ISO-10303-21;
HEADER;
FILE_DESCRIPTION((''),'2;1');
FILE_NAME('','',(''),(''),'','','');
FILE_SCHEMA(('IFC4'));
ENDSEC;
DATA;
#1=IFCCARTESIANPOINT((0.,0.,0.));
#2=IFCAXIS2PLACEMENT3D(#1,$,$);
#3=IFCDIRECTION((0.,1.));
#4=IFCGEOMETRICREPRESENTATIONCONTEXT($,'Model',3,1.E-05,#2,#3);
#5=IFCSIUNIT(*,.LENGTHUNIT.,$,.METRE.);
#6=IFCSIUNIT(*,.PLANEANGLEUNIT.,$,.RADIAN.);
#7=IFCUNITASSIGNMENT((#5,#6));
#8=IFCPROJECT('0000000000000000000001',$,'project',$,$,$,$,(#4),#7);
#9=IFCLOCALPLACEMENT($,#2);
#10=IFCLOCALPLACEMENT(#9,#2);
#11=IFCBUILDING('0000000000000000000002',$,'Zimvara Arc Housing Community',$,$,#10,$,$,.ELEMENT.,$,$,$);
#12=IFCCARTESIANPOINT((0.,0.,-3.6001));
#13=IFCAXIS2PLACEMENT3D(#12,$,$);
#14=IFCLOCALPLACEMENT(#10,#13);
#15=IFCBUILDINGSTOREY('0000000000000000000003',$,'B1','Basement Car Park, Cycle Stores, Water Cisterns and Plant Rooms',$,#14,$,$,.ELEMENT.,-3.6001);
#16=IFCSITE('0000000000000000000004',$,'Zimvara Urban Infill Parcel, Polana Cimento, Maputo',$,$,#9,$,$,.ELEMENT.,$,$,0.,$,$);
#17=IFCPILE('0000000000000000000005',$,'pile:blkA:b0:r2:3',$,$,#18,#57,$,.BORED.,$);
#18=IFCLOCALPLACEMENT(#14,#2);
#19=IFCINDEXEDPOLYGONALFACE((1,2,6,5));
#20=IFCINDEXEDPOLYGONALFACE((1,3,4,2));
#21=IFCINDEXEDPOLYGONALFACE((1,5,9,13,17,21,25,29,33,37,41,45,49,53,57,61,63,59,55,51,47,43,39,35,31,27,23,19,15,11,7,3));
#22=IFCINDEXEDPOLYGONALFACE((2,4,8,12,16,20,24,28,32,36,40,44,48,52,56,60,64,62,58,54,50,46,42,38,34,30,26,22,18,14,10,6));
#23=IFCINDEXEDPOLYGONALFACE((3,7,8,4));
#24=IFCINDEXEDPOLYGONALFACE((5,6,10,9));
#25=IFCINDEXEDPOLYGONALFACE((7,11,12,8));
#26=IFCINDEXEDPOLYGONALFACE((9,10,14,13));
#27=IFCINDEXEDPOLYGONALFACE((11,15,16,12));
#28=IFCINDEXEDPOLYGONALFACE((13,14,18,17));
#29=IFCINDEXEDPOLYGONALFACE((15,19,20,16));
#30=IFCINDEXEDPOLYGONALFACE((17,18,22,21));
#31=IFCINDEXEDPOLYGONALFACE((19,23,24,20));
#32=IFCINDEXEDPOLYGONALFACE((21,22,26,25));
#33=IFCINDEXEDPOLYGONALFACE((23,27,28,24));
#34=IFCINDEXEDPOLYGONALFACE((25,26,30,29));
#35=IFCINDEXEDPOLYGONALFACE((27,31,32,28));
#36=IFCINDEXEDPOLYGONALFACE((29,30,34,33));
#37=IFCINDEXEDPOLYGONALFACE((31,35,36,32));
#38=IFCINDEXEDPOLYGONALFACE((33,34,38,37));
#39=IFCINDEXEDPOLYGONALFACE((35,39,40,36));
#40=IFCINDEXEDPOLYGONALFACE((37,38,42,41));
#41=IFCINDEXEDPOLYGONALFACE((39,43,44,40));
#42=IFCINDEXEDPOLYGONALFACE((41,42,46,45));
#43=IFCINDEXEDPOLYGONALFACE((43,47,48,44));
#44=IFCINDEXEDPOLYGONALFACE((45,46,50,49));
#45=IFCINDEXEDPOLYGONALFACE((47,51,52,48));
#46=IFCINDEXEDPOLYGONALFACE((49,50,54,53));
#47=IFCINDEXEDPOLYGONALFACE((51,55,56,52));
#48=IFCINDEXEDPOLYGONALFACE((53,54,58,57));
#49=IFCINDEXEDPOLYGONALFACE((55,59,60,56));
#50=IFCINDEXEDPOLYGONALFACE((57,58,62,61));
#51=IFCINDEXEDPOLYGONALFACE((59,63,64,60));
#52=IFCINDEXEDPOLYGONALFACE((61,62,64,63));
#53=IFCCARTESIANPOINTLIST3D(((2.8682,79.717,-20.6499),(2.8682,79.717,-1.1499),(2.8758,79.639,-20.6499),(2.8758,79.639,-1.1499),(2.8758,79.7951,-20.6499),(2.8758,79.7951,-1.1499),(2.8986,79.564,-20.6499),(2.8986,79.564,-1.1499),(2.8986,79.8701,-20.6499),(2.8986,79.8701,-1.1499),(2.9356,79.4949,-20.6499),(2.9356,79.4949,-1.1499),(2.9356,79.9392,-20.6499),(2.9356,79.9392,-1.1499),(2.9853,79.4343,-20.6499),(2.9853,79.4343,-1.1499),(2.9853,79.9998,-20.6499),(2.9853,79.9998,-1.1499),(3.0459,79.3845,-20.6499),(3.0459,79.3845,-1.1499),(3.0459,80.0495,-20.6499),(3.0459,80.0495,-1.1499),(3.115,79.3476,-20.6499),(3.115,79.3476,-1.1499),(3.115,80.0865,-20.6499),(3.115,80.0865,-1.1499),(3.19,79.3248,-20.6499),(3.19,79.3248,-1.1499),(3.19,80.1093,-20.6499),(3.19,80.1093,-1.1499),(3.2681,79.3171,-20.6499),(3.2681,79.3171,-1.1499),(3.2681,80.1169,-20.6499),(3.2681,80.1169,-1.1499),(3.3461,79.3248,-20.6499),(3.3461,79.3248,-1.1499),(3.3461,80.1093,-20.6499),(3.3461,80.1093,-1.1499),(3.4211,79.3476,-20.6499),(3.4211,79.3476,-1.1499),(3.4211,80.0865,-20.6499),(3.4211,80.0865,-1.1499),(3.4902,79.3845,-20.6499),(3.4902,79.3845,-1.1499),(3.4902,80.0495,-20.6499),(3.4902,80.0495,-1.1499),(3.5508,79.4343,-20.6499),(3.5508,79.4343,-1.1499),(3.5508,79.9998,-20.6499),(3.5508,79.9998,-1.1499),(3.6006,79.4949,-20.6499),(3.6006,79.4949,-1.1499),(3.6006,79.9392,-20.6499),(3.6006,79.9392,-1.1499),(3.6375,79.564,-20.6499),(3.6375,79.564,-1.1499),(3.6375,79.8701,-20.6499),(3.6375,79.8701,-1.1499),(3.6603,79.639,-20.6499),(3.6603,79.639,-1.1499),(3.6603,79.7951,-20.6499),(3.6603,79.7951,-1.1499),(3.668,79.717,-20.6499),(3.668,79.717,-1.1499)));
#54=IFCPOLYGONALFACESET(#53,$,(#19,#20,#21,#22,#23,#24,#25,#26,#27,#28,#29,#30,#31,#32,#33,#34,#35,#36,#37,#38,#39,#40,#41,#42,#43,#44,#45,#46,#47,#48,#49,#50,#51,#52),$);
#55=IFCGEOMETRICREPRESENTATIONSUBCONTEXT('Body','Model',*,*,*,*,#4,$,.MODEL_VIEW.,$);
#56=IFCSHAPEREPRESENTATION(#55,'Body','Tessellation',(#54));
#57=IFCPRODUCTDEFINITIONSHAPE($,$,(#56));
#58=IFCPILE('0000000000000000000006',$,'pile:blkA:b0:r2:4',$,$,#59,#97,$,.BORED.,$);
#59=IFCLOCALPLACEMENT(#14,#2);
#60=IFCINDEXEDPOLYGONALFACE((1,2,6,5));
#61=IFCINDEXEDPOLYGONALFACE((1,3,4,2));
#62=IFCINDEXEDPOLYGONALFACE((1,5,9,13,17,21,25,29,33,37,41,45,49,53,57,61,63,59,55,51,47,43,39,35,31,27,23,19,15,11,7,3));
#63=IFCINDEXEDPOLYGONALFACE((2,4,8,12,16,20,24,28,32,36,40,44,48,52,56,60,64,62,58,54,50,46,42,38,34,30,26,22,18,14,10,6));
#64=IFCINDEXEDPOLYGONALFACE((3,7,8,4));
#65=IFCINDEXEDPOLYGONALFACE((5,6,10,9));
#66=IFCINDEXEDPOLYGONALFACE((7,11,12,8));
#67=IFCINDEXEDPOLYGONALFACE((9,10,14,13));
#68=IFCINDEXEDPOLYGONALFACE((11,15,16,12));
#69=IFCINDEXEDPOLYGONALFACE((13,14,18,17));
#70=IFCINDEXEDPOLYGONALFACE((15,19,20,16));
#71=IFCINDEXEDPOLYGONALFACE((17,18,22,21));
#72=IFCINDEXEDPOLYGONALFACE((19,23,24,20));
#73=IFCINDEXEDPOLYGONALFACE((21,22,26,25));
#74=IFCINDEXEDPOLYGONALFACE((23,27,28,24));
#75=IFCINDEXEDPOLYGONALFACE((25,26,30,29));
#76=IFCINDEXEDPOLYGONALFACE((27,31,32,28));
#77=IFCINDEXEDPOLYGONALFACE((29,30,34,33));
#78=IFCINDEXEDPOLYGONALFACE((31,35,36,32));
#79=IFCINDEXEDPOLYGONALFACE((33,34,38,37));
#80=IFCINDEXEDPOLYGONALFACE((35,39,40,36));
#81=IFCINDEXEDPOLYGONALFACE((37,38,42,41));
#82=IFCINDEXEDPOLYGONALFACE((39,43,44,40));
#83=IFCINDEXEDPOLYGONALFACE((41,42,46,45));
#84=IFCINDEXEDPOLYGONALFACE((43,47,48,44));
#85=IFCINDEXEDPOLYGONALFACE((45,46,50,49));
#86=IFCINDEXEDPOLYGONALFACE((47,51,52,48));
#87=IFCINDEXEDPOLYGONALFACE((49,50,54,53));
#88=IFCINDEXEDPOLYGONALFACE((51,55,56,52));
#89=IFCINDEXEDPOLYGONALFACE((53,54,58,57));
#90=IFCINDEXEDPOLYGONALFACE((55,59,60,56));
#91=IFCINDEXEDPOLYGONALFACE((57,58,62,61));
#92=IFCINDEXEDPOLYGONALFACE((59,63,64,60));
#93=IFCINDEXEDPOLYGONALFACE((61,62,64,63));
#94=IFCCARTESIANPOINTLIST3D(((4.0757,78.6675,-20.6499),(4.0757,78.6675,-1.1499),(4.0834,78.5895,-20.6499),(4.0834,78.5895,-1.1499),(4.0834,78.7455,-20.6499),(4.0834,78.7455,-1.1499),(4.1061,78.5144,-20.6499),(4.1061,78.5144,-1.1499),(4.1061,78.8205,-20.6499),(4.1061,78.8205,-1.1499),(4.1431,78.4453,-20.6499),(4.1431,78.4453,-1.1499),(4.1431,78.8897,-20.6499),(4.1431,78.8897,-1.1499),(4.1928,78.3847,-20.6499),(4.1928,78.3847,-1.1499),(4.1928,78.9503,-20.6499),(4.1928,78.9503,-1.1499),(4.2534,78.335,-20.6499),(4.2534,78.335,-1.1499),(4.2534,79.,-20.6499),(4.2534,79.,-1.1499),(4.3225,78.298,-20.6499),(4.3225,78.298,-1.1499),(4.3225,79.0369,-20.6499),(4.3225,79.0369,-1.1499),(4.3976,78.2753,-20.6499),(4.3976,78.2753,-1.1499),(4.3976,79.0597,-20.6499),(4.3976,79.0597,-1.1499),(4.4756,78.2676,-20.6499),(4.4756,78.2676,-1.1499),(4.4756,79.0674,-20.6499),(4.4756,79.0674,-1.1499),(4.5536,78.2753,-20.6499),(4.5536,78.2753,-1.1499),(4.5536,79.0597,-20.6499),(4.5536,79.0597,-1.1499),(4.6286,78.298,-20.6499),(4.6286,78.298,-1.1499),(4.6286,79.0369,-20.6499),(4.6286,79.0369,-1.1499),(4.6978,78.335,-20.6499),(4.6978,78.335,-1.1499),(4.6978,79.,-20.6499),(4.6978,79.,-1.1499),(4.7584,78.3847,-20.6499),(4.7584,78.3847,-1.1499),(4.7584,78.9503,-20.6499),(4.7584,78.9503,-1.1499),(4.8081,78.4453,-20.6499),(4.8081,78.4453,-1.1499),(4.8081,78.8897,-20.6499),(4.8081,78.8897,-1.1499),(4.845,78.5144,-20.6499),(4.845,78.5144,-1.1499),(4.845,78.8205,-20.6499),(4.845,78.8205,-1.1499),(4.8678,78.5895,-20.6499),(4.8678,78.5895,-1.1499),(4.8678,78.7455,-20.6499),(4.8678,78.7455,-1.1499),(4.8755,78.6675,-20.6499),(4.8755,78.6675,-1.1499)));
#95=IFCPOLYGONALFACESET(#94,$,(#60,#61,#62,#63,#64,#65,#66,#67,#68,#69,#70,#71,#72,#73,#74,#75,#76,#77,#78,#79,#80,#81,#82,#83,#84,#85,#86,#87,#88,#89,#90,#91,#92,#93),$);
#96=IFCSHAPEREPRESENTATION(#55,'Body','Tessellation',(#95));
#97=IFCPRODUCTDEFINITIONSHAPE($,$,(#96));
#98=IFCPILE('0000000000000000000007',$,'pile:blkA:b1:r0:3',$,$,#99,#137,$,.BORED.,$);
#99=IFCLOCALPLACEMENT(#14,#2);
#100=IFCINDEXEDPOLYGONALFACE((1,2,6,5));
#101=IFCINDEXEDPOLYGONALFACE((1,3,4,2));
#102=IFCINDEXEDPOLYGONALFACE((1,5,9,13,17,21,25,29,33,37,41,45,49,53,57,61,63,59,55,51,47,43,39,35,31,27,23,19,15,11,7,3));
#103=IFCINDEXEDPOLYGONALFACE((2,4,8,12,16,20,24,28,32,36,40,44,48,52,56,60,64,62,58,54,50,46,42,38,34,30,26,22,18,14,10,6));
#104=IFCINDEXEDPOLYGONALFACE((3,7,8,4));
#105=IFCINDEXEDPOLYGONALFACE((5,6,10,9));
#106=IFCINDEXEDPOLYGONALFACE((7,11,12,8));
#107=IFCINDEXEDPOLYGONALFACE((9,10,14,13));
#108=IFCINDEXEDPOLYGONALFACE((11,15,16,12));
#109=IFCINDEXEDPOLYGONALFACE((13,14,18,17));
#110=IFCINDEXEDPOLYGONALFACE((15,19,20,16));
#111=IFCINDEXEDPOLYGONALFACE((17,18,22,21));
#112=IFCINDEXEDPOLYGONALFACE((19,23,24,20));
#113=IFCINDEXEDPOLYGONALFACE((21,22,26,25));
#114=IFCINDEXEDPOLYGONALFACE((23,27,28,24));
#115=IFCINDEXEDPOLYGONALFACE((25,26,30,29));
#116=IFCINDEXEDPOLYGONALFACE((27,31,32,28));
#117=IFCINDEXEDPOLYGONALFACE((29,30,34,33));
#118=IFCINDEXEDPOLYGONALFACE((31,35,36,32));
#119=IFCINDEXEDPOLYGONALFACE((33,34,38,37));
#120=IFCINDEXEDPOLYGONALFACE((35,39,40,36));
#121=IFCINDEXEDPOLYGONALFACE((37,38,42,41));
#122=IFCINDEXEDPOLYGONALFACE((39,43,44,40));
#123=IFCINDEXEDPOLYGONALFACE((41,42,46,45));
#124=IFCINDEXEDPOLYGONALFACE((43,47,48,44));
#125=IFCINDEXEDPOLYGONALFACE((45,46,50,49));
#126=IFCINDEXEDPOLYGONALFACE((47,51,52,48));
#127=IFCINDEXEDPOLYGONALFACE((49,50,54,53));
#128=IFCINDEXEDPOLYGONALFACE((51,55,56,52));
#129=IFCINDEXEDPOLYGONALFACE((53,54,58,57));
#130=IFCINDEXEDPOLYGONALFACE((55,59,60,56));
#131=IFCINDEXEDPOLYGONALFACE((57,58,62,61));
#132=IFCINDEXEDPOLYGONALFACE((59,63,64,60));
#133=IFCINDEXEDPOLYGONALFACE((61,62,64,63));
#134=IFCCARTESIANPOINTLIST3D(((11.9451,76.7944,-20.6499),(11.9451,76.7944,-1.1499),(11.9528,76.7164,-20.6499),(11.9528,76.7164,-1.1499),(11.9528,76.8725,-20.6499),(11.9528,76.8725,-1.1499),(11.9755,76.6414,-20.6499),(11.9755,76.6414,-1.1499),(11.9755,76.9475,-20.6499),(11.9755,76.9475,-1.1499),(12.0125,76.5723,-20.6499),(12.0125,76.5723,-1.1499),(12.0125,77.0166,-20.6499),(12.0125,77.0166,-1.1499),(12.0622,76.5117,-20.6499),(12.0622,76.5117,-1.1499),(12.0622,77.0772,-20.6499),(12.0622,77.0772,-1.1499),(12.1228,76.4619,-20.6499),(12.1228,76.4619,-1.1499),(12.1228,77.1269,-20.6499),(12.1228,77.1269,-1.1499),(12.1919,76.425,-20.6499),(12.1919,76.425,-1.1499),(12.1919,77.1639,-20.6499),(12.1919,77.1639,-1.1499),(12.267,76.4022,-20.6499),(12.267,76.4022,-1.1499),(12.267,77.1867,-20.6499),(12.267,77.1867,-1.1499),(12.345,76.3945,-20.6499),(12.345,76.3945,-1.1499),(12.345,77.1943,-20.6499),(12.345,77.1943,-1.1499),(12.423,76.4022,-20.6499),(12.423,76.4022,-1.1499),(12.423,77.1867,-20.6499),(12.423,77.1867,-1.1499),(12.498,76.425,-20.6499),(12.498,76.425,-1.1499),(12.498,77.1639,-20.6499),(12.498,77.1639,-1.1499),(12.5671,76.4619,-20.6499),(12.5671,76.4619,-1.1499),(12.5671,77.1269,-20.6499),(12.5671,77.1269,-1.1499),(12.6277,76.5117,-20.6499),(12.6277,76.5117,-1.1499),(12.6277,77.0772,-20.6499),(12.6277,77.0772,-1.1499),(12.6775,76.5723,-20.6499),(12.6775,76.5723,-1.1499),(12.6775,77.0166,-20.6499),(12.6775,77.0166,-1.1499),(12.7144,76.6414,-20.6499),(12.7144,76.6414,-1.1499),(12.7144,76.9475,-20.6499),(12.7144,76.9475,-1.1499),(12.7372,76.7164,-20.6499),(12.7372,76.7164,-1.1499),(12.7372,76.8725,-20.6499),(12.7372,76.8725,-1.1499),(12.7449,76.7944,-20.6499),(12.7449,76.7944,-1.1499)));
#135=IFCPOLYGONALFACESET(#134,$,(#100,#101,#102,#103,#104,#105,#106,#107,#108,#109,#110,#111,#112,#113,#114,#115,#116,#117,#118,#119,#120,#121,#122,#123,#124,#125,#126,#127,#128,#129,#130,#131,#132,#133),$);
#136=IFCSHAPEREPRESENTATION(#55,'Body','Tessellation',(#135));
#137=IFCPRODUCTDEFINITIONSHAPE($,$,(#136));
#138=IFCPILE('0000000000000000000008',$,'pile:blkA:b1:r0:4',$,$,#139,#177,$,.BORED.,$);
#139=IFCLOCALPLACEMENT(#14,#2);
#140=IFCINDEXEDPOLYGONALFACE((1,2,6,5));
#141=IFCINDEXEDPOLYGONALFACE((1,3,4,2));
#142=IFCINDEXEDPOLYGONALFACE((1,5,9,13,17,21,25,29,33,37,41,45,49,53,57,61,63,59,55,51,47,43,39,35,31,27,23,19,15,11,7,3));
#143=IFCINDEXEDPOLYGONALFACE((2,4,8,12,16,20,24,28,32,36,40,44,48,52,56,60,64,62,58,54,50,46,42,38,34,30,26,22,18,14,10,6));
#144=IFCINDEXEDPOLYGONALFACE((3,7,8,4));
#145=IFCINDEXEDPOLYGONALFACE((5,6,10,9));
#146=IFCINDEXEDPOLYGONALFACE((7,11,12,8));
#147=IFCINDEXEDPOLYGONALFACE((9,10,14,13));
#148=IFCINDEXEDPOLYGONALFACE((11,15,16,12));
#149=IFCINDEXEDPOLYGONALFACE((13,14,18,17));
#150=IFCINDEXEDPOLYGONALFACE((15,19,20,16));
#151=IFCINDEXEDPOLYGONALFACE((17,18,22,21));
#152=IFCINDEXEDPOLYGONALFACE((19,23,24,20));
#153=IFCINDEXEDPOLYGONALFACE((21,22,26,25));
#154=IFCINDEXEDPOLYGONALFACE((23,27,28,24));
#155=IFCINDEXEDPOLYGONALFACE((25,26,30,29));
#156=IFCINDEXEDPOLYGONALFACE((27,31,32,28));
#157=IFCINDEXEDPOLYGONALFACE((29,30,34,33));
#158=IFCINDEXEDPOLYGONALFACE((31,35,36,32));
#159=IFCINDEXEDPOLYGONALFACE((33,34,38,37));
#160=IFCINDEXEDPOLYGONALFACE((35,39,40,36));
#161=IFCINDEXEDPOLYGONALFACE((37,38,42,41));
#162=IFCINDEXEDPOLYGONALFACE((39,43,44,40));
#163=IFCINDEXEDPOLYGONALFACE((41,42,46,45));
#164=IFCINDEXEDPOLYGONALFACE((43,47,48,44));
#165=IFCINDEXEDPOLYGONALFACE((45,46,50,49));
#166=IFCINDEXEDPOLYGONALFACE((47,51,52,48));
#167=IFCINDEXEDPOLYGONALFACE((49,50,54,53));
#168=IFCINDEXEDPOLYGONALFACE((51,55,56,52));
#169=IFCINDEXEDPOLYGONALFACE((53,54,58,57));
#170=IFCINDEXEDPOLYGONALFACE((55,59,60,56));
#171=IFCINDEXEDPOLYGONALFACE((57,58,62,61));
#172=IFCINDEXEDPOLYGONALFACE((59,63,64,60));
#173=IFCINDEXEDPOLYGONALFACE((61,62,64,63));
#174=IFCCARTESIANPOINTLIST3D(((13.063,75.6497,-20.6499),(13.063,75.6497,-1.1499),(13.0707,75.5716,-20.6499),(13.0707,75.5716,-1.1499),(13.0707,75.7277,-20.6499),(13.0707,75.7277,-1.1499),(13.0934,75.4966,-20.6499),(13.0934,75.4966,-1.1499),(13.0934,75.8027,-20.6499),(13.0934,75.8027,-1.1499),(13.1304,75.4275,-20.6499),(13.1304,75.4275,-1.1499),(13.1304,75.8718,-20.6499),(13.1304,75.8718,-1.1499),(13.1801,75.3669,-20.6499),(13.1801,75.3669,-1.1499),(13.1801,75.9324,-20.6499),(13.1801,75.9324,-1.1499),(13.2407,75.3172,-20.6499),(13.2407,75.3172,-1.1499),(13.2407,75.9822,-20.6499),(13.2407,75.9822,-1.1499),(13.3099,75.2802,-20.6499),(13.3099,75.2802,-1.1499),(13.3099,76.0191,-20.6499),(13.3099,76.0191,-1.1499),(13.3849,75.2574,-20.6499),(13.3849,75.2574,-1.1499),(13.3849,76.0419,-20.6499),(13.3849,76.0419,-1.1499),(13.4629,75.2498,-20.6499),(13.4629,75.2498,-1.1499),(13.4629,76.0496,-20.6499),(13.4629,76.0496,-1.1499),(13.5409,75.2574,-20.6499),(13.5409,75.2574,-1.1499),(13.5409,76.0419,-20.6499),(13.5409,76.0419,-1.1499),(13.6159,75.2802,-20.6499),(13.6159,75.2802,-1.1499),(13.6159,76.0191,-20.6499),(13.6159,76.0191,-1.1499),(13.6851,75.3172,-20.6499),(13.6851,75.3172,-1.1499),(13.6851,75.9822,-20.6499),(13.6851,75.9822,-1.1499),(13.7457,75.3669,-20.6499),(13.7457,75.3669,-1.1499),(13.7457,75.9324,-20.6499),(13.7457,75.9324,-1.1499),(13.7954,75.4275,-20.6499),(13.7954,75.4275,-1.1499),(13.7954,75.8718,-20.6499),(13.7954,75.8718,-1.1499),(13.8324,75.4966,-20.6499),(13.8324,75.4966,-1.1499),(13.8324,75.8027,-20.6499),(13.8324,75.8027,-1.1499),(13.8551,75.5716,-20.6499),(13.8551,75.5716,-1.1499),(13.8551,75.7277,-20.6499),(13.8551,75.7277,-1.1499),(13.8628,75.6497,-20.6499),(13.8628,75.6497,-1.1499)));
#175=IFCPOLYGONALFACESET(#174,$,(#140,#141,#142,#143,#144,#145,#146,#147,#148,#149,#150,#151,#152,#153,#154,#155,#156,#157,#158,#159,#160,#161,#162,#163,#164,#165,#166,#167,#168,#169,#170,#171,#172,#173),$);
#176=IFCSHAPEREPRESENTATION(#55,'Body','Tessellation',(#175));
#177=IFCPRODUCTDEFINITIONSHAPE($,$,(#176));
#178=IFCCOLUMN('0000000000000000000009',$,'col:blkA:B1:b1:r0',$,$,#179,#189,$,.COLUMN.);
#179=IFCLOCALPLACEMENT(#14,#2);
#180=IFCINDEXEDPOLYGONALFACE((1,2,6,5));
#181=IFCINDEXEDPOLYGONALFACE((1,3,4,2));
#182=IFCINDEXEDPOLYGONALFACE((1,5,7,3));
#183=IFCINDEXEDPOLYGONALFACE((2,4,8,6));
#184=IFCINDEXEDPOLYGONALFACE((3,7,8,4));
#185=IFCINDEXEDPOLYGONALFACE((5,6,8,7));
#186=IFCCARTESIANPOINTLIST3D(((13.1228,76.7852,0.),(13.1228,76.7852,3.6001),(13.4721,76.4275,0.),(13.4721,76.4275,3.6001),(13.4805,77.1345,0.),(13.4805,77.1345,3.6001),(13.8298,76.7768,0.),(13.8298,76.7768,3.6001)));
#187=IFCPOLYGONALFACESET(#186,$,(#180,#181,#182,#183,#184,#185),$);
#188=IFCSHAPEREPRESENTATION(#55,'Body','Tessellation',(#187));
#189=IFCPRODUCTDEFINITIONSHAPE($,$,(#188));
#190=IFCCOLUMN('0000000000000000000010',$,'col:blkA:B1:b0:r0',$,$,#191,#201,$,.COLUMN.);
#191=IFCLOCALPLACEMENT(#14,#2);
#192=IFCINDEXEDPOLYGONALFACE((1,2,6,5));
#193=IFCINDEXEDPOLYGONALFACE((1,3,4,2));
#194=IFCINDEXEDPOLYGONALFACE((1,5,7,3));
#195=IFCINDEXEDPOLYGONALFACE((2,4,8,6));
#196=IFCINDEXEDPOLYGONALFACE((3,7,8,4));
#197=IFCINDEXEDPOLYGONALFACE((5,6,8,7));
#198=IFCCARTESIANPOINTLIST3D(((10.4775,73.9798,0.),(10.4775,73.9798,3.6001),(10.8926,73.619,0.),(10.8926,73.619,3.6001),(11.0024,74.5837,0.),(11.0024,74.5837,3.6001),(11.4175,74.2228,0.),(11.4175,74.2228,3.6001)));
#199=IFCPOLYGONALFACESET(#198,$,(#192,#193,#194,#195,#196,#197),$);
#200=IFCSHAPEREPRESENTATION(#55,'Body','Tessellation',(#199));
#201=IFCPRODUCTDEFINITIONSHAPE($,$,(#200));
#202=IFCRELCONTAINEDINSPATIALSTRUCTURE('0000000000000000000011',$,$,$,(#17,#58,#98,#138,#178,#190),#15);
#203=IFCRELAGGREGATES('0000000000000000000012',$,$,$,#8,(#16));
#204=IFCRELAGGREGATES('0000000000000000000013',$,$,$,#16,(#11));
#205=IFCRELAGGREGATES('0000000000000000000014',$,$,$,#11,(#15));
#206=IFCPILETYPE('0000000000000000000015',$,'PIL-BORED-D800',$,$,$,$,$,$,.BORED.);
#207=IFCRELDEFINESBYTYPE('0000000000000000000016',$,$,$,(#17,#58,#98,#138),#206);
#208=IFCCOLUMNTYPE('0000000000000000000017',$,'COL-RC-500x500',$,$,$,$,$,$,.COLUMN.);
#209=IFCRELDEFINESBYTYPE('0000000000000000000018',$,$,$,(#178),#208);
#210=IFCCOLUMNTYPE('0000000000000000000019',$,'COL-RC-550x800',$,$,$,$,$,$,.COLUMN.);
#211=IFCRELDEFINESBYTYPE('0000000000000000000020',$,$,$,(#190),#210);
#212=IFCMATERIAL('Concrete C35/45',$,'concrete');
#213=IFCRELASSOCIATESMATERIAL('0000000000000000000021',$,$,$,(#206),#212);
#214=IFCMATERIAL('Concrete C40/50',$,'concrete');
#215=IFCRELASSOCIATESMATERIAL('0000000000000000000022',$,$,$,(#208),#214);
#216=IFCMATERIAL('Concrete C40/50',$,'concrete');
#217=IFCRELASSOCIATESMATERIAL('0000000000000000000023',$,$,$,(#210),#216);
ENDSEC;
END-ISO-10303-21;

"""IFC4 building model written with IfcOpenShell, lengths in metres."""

from ifc_helpers import new_model, si_unit, direction, frame, origin, origin_2d, place, context, subcontext, project, spatial, rectangle, circle, extrude, material, material_profile, profile_set, type_object, element, save


model = new_model("IFC4")

# Units and contexts
model_context = context("Model", 3, precision=1e-05, world=origin(), true_north=direction((0.0, 1.0)))
body_context = subcontext(model_context, "Body", "Model", "MODEL_VIEW")
ifc_project = project(units=[si_unit("LENGTHUNIT", "METRE"), si_unit("PLANEANGLEUNIT", "RADIAN")], contexts=[model_context])

# Site, building, storey
site_placement = place(None, origin())
site = spatial("IfcSite", under=ifc_project, at=site_placement, Name="Zimvara Urban Infill Parcel, Polana Cimento, Maputo", CompositionType="ELEMENT", RefElevation=0.0)
building_placement = place(site_placement, origin())
building = spatial("IfcBuilding", under=site, at=building_placement, Name="Zimvara Arc Housing Community", CompositionType="ELEMENT")
storey_placement = place(building_placement, frame((0.0, 0.0, -3.6001)))
storey = spatial("IfcBuildingStorey", under=building, at=storey_placement, Name="B1", Description="Basement Car Park, Cycle Stores, Water Cisterns and Plant Rooms", CompositionType="ELEMENT", Elevation=-3.6001)

# Piles
ifc_material_1 = material(Name="Concrete C35/45", Category="concrete")
ifc_material_profile_1 = material_profile(ifc_material_1, circle(Radius=0.3999, at=origin_2d()), Name="PILE D800")
ifc_profile_set_1 = profile_set([ifc_material_profile_1], Name="Concrete C35/45")
pile_type = type_object("IfcPileType", Name="PIL-BORED-D800", PredefinedType="BORED", material=ifc_profile_set_1)
for number, where, z_axis, x_axis, name in (
    (1, (3.2681, 79.717, -1.1499), (0.0, 0.0, -1.0), (1.0, 0.0, 0.0), "pile:blkA:b0:r2:3"),
    (2, (4.4756, 78.6675, -1.1499), (0.0, 0.0, -1.0), (1.0, 0.0, 0.0), "pile:blkA:b0:r2:4"),
    (3, (12.345, 76.7944, -1.1499), (0.0, 0.0, -1.0), (1.0, 0.0, 0.0), "pile:blkA:b1:r0:3"),
    (4, (13.4629, 75.6497, -1.1499), (0.0, 0.0, -1.0), (1.0, 0.0, 0.0), "pile:blkA:b1:r0:4"),
):
    element("IfcPile", number, at=place(storey_placement, frame(where, z_axis=z_axis, x_axis=x_axis)), inside=storey, type_object=pile_type, Name=name, PredefinedType="BORED", context=body_context, shape_type="SweptSolid", body=[
        extrude(circle(Radius=0.3999, at=origin_2d()), origin(), (0.0, 0.0, 1.0), 19.5),
    ])

# Columns
ifc_material_2 = material(Name="Concrete C40/50", Category="concrete")
ifc_material_profile_2 = material_profile(ifc_material_2, rectangle(XDim=0.5, YDim=0.5, at=origin_2d()), Name="RC 500x500")
ifc_profile_set_2 = profile_set([ifc_material_profile_2], Name="Concrete C40/50")
column_type_1 = type_object("IfcColumnType", Name="COL-RC-500x500", PredefinedType="COLUMN", material=ifc_profile_set_2)
column_1_placement = place(storey_placement, frame((13.4763, 76.781, 0.0), z_axis=(0.0, 0.0, 1.0), x_axis=(-0.698665, 0.715449, 0.0)))
element("IfcColumn", 5, at=column_1_placement, inside=storey, type_object=column_type_1, Name="col:blkA:B1:b1:r0", PredefinedType="COLUMN", context=body_context, shape_type="SweptSolid", body=[
    extrude(rectangle(XDim=0.5, YDim=0.5, at=origin_2d()), origin(), (0.0, 0.0, 1.0), 3.6001),
])
ifc_material_3 = material(Name="Concrete C40/50", Category="concrete")
ifc_material_profile_3 = material_profile(ifc_material_3, rectangle(XDim=0.55, YDim=0.8, at=origin_2d()), Name="RC 550x800")
ifc_profile_set_3 = profile_set([ifc_material_profile_3], Name="Concrete C40/50")
column_type_2 = type_object("IfcColumnType", Name="COL-RC-550x800", PredefinedType="COLUMN", material=ifc_profile_set_3)
column_2_placement = place(storey_placement, frame((10.9475, 74.1013, 0.0), z_axis=(0.0, 0.0, 1.0), x_axis=(-0.75471, 0.656059, 0.0)))
element("IfcColumn", 6, at=column_2_placement, inside=storey, type_object=column_type_2, Name="col:blkA:B1:b0:r0", PredefinedType="COLUMN", context=body_context, shape_type="SweptSolid", body=[
    extrude(rectangle(XDim=0.55, YDim=0.8, at=origin_2d()), origin(), (0.0, 0.0, 1.0), 3.6001),
])

save(model, "model.ifc")
